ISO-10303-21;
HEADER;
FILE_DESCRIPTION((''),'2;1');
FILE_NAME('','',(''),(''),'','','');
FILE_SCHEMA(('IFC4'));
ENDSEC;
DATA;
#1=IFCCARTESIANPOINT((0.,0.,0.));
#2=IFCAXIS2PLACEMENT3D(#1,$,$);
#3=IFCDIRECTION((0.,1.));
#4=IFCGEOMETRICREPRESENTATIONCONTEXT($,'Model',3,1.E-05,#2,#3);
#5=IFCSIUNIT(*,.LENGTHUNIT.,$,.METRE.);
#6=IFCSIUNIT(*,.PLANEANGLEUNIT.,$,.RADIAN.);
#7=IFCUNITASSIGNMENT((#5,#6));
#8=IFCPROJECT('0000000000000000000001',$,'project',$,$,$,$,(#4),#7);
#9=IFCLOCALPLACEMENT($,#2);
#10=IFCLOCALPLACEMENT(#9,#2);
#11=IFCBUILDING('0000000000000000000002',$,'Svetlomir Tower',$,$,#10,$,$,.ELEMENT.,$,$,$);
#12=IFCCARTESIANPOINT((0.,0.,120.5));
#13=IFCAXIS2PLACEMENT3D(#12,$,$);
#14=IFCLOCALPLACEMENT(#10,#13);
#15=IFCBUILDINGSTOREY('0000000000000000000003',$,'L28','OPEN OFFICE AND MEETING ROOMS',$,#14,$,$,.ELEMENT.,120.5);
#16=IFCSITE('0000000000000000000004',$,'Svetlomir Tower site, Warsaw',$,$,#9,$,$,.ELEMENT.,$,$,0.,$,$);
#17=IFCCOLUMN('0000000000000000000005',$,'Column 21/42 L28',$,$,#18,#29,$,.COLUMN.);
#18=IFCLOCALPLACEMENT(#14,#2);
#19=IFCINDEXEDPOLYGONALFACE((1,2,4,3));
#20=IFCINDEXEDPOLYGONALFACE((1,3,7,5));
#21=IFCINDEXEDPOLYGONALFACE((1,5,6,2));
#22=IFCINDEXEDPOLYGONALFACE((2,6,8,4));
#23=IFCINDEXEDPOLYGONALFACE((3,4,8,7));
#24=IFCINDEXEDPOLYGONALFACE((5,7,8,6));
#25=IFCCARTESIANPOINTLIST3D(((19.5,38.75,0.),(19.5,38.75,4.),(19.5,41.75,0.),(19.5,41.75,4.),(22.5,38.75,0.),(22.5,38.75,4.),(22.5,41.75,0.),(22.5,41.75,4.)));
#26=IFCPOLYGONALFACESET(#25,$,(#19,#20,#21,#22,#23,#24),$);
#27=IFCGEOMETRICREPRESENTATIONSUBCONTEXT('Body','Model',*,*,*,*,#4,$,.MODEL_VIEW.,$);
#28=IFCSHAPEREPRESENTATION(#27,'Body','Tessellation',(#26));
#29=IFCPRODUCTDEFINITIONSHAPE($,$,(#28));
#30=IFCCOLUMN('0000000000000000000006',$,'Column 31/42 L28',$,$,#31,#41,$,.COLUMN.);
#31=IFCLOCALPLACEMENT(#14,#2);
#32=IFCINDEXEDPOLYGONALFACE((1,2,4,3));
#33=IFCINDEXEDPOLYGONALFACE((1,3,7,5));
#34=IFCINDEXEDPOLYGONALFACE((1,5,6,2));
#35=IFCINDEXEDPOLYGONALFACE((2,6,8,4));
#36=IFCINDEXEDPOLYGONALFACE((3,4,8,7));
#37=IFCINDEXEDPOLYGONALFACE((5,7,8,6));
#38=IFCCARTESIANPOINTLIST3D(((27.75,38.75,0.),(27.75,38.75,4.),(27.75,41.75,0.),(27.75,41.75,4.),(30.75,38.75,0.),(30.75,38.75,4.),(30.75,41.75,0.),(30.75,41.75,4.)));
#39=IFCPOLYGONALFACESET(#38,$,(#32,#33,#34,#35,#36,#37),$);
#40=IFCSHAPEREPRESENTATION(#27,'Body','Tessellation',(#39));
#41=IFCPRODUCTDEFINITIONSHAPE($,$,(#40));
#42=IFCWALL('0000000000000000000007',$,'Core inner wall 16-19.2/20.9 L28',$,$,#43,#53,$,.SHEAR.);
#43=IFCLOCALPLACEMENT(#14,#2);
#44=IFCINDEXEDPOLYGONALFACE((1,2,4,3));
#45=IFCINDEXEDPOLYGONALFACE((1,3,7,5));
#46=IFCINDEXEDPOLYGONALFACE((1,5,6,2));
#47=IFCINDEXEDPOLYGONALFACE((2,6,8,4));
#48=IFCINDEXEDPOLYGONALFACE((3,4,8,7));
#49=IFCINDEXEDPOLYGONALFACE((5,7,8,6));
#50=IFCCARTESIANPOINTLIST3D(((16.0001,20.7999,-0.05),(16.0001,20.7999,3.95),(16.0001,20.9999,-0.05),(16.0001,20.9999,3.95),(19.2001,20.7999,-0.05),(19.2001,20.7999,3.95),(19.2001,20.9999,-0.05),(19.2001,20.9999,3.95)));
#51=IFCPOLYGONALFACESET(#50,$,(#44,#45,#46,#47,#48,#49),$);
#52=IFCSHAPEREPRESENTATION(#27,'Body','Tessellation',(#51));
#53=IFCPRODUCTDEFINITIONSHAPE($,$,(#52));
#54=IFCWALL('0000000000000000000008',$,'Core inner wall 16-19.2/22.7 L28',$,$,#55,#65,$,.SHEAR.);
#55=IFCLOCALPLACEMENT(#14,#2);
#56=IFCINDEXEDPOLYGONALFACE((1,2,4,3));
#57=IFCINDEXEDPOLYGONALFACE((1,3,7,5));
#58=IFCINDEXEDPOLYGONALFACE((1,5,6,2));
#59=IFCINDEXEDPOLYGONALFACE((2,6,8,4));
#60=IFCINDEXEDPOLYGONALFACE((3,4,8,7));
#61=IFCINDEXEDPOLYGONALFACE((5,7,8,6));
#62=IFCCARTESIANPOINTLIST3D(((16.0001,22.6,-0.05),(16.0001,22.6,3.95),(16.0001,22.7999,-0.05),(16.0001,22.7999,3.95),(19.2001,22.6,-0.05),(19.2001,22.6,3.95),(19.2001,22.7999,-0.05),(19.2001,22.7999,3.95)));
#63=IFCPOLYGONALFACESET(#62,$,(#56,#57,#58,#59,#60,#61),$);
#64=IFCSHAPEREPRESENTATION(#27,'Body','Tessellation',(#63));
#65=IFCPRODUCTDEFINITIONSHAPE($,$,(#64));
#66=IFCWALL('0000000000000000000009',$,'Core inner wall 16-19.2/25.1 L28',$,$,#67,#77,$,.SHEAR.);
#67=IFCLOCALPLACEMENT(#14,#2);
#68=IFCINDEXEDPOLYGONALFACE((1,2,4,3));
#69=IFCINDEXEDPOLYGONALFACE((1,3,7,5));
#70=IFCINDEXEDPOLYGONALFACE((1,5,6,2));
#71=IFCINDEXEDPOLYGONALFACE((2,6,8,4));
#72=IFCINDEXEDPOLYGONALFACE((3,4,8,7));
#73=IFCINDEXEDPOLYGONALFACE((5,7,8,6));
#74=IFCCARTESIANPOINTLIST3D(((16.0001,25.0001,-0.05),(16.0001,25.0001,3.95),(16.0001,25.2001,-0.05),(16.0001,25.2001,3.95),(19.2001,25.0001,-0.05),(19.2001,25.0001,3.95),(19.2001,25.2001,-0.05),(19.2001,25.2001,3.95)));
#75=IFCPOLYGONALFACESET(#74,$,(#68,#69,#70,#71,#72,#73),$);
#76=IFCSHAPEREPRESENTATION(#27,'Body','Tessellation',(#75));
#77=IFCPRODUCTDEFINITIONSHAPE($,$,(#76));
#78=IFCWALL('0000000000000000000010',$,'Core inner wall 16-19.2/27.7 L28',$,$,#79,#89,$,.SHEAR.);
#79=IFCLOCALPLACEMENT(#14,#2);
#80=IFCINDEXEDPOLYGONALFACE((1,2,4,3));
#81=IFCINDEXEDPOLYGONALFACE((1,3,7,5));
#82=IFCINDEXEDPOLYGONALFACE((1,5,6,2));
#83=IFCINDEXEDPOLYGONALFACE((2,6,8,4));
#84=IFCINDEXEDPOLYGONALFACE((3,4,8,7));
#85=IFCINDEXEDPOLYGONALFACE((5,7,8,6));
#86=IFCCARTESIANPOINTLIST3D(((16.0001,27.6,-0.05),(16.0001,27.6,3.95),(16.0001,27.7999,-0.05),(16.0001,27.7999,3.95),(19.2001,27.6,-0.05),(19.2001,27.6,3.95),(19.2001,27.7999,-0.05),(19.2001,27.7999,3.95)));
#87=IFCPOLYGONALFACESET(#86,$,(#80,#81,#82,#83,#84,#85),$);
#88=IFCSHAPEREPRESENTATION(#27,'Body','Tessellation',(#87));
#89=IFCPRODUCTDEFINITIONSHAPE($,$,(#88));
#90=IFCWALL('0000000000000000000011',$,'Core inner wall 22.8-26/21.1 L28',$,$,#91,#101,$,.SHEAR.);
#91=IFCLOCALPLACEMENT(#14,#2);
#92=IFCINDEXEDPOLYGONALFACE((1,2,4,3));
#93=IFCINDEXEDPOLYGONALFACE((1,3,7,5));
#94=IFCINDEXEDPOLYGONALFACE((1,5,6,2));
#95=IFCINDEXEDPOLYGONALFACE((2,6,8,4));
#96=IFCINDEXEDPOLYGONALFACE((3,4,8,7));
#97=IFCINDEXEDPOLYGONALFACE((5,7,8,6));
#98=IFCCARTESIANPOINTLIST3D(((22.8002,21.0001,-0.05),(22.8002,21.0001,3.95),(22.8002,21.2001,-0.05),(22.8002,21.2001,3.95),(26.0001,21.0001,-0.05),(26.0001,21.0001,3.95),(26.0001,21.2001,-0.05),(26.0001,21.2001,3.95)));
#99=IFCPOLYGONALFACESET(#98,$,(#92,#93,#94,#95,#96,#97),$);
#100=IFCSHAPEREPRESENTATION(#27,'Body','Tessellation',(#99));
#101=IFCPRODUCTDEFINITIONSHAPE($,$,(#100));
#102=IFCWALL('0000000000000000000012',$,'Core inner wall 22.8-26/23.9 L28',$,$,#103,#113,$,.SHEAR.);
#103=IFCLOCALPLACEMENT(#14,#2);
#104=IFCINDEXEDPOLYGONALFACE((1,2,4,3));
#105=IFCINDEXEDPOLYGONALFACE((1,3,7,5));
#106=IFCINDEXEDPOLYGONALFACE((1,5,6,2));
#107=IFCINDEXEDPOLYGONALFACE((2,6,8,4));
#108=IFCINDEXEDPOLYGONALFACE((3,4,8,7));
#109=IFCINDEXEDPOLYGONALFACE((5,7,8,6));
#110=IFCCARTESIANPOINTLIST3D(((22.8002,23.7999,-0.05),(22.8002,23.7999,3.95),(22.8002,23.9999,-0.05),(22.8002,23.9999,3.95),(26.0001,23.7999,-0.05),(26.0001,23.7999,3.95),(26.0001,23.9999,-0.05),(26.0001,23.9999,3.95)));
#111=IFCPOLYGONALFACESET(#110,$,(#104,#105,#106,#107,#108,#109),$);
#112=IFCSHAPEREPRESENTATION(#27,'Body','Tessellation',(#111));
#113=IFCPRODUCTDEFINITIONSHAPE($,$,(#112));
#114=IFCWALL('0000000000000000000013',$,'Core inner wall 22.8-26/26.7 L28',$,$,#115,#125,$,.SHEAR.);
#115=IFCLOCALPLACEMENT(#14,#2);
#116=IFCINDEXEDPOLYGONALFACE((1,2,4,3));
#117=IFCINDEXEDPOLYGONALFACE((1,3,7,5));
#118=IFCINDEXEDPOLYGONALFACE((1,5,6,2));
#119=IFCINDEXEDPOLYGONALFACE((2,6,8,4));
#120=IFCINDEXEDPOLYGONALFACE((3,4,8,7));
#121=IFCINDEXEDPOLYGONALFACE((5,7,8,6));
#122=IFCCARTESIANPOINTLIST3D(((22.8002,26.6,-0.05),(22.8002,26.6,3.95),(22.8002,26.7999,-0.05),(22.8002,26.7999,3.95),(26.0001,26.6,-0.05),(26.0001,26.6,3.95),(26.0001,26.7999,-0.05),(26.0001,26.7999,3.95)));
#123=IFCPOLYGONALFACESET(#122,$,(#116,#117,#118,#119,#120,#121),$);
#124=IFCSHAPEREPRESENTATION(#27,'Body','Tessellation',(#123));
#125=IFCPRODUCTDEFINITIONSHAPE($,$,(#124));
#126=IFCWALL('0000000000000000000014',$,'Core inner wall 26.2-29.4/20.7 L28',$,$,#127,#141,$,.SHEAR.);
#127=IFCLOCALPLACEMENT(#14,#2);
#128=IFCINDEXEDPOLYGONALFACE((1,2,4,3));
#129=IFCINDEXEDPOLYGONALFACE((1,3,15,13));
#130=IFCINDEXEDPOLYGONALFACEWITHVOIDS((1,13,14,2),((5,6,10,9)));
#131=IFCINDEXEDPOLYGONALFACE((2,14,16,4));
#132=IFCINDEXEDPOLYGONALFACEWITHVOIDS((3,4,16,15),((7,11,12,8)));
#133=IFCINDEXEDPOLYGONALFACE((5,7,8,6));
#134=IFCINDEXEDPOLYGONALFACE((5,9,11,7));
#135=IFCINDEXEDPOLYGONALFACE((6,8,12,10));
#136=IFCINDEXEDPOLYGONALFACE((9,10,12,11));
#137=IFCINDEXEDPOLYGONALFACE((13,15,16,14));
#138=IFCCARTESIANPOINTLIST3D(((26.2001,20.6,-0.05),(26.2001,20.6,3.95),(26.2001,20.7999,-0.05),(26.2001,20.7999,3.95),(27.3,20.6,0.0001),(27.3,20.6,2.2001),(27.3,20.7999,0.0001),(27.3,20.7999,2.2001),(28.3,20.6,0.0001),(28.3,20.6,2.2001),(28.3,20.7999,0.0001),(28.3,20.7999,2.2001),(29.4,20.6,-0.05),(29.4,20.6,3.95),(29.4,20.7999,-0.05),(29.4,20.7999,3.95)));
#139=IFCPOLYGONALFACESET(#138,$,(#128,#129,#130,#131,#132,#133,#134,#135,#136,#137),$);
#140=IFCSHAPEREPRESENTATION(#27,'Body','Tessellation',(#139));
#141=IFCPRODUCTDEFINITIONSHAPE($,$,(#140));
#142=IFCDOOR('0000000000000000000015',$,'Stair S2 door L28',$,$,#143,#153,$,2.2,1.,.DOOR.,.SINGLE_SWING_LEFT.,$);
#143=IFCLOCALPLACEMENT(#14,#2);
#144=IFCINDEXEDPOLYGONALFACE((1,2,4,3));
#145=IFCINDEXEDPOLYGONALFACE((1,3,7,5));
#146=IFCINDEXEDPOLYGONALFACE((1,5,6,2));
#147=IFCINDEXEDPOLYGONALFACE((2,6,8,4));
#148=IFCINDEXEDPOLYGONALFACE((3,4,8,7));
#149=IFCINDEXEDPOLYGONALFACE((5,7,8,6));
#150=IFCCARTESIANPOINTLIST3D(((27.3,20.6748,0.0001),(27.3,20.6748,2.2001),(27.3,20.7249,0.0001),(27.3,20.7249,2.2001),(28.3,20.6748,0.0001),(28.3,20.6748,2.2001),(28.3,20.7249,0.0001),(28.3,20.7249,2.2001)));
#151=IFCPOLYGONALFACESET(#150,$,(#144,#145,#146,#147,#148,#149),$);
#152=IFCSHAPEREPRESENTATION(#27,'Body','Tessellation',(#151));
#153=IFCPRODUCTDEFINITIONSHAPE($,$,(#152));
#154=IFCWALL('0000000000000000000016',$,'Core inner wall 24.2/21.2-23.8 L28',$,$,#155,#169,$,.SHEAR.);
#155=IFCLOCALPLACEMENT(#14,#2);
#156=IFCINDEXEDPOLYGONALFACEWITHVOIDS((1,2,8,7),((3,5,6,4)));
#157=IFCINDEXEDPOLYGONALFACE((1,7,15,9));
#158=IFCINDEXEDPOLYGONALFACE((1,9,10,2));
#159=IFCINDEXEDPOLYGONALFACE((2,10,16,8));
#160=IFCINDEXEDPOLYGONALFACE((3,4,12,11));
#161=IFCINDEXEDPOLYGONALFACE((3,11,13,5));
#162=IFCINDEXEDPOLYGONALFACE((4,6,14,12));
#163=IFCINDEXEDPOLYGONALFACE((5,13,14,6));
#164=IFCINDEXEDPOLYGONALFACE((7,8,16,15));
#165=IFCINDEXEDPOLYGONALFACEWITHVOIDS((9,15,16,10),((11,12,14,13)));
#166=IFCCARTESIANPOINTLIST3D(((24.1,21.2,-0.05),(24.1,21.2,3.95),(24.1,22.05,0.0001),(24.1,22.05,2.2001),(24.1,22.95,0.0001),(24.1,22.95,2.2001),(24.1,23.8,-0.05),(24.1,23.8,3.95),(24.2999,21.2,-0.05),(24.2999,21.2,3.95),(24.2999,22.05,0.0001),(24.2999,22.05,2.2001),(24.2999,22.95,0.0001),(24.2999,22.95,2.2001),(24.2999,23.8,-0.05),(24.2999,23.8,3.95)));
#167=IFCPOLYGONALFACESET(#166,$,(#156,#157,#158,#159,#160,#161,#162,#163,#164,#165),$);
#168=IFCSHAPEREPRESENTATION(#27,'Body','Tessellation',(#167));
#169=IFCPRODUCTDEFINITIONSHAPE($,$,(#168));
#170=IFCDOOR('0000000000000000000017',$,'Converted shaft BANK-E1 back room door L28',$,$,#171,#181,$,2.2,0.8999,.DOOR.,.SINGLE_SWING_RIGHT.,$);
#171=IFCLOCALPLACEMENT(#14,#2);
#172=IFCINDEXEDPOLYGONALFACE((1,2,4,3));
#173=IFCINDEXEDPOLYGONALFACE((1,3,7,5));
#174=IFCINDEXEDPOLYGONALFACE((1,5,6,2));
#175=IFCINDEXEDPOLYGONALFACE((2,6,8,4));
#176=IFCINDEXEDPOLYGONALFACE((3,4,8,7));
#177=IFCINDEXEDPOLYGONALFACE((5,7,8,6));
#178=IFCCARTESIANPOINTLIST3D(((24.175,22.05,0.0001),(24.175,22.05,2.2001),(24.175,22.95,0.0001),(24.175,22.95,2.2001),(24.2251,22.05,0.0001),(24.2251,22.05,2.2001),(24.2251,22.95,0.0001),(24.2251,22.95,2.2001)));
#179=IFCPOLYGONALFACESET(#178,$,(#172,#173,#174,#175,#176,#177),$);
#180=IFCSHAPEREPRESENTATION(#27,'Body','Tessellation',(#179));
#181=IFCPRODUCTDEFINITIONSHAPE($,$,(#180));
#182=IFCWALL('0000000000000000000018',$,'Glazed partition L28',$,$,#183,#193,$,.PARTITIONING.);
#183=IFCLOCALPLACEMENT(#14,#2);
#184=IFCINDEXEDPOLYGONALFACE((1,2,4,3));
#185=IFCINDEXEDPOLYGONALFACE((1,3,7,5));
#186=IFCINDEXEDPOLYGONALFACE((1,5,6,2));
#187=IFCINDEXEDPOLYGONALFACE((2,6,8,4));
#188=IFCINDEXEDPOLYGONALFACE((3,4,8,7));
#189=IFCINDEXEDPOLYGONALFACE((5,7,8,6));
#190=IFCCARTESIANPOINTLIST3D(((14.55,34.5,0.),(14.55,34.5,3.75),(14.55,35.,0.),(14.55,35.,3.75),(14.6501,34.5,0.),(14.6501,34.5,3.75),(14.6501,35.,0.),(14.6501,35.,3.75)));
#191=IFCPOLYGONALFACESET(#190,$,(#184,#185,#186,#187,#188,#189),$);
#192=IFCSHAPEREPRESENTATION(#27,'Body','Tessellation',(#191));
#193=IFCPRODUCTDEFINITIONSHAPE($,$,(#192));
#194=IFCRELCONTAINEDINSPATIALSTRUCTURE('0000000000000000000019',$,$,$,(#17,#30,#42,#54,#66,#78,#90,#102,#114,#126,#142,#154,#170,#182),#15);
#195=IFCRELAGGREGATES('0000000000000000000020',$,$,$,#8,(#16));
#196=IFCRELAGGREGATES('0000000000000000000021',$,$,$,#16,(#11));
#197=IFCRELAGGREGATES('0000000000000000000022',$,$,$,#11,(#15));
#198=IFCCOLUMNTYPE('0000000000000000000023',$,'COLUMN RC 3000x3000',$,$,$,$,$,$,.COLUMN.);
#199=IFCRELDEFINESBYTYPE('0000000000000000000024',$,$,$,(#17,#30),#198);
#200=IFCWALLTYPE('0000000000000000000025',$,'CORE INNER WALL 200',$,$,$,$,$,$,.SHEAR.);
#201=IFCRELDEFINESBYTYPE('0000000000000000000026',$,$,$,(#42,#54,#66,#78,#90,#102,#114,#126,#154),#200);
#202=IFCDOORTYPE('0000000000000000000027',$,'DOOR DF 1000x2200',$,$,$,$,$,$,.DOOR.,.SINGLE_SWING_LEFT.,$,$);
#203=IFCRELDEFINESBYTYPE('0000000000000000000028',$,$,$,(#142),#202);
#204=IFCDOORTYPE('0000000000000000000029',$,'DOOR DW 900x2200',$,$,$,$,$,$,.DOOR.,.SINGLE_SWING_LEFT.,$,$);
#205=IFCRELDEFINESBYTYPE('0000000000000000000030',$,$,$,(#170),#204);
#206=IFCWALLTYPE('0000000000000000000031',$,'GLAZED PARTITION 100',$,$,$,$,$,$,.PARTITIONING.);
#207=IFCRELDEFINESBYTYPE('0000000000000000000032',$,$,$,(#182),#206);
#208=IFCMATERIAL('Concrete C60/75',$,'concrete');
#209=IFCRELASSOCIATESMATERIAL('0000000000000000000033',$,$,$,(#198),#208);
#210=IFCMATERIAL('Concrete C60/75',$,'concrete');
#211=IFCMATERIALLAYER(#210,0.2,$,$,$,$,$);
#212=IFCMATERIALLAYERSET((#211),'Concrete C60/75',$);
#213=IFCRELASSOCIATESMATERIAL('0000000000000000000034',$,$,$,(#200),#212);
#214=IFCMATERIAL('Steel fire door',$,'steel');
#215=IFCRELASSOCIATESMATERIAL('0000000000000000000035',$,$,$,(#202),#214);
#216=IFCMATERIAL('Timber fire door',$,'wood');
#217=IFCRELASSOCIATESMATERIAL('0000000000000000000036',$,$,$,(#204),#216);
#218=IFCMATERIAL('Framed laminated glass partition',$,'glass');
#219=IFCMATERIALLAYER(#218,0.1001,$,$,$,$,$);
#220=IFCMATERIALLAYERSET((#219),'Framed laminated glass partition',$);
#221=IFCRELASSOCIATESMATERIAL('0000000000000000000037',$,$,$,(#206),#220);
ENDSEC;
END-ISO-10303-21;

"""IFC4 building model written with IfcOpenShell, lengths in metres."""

from ifc_helpers import new_model, si_unit, direction, frame, frame_2d, origin, origin_2d, place, context, subcontext, project, spatial, rectangle, extrude, material, layer, layer_set, material_profile, profile_set, type_object, element, fill, save


model = new_model("IFC4")

# Units and contexts
model_context = context("Model", 3, precision=1e-05, world=origin(), true_north=direction((0.0, 1.0)))
body_context = subcontext(model_context, "Body", "Model", "MODEL_VIEW")
ifc_project = project(units=[si_unit("LENGTHUNIT", "METRE"), si_unit("PLANEANGLEUNIT", "RADIAN")], contexts=[model_context])

# Site, building, storey
site_placement = place(None, origin())
site = spatial("IfcSite", under=ifc_project, at=site_placement, Name="Svetlomir Tower site, Warsaw", CompositionType="ELEMENT", RefElevation=0.0)
building_placement = place(site_placement, origin())
building = spatial("IfcBuilding", under=site, at=building_placement, Name="Svetlomir Tower", CompositionType="ELEMENT")
storey_placement = place(building_placement, frame((0.0, 0.0, 120.5)))
storey = spatial("IfcBuildingStorey", under=building, at=storey_placement, Name="L28", Description="OPEN OFFICE AND MEETING ROOMS", CompositionType="ELEMENT", Elevation=120.5)

# Columns
ifc_material_1 = material(Name="Concrete C60/75", Category="concrete")
ifc_material_profile = material_profile(ifc_material_1, rectangle(XDim=3.0, YDim=3.0, at=origin_2d()), Name="RC 3000x3000")
ifc_profile_set = profile_set([ifc_material_profile], Name="Concrete C60/75")
column_type = type_object("IfcColumnType", Name="COLUMN RC 3000x3000", PredefinedType="COLUMN", material=ifc_profile_set)
for number, where, z_axis, x_axis, name in (
    (1, (21.0, 40.25, 0.0), (0.0, 0.0, 1.0), (1.0, 0.0, 0.0), "Column 21/42 L28"),
    (2, (29.25, 40.25, 0.0), (0.0, 0.0, 1.0), (1.0, 0.0, 0.0), "Column 31/42 L28"),
):
    element("IfcColumn", number, at=place(storey_placement, frame(where, z_axis=z_axis, x_axis=x_axis)), inside=storey, type_object=column_type, Name=name, PredefinedType="COLUMN", context=body_context, shape_type="SweptSolid", body=[
        extrude(rectangle(XDim=3.0, YDim=3.0, at=origin_2d()), origin(), (0.0, 0.0, 1.0), 4.0),
    ])

# Walls
ifc_material_2 = material(Name="Concrete C60/75", Category="concrete")
ifc_layer_1 = layer(ifc_material_2, 0.2)
ifc_layer_set_1 = layer_set([ifc_layer_1], Name="Concrete C60/75")
wall_type_1 = type_object("IfcWallType", Name="CORE INNER WALL 200", PredefinedType="SHEAR", material=ifc_layer_set_1)
for number, where, z_axis, x_axis, name in (
    (3, (16.0, 20.8999, -0.05), (0.0, 0.0, 1.0), (1.0, 0.0, 0.0), "Core inner wall 16-19.2/20.9 L28"),
    (4, (16.0, 22.7, -0.05), (0.0, 0.0, 1.0), (1.0, 0.0, 0.0), "Core inner wall 16-19.2/22.7 L28"),
    (5, (16.0, 25.1001, -0.05), (0.0, 0.0, 1.0), (1.0, 0.0, 0.0), "Core inner wall 16-19.2/25.1 L28"),
    (6, (16.0, 27.7, -0.05), (0.0, 0.0, 1.0), (1.0, 0.0, 0.0), "Core inner wall 16-19.2/27.7 L28"),
    (7, (22.8, 21.1001, -0.05), (0.0, 0.0, 1.0), (1.0, 0.0, 0.0), "Core inner wall 22.8-26/21.1 L28"),
    (8, (22.8, 23.8999, -0.05), (0.0, 0.0, 1.0), (1.0, 0.0, 0.0), "Core inner wall 22.8-26/23.9 L28"),
    (9, (22.8, 26.7, -0.05), (0.0, 0.0, 1.0), (1.0, 0.0, 0.0), "Core inner wall 22.8-26/26.7 L28"),
):
    element("IfcWall", number, at=place(storey_placement, frame(where, z_axis=z_axis, x_axis=x_axis)), inside=storey, type_object=wall_type_1, Name=name, PredefinedType="SHEAR", context=body_context, shape_type="SweptSolid", body=[
        extrude(rectangle(XDim=3.2, YDim=0.2, at=frame_2d((1.6001, 0.0))), origin(), (0.0, 0.0, 1.0), 4.0),
    ])

# Walls, openings, doors
wall_1_placement = place(storey_placement, frame((26.2, 20.7, -0.05), z_axis=(0.0, 0.0, 1.0), x_axis=(1.0, 0.0, 0.0)))
wall_1 = element("IfcWall", 10, at=wall_1_placement, inside=storey, type_object=wall_type_1, Name="Core inner wall 26.2-29.4/20.7 L28", PredefinedType="SHEAR", context=body_context, shape_type="SweptSolid", body=[
    extrude(rectangle(XDim=3.2, YDim=0.2, at=frame_2d((1.6001, 0.0))), origin(), (0.0, 0.0, 1.0), 4.0),
])
opening_1_placement = place(wall_1_placement, frame((1.1001, 0.0, 0.05)))
opening_1 = element("IfcOpeningElement", 11, at=opening_1_placement, cuts=wall_1, PredefinedType="OPENING", context=body_context, shape_type="SweptSolid", body=[
    extrude(rectangle(XDim=1.0, YDim=2.2, at=frame_2d((0.5, 1.1001))), frame((0.0, 0.1099, 0.0), z_axis=(0.0, -1.0, 0.0), x_axis=(1.0, 0.0, 0.0)), (0.0, 0.0, 1.0), 0.22),
])
ifc_material_3 = material(Name="Steel fire door", Category="steel")
door_type_1 = type_object("IfcDoorType", Name="DOOR DF 1000x2200", OperationType="SINGLE_SWING_LEFT", PredefinedType="DOOR", material=ifc_material_3)
door_1_placement = place(opening_1_placement, origin())
door_1 = element("IfcDoor", 12, at=door_1_placement, inside=storey, type_object=door_type_1, Name="Stair S2 door L28", OperationType="SINGLE_SWING_LEFT", OverallHeight=2.2, OverallWidth=1.0, PredefinedType="DOOR", context=body_context, shape_type="SweptSolid", body=[
    extrude(rectangle(XDim=1.0, YDim=2.2, at=frame_2d((0.5, 1.1001))), frame((0.0, 0.0249, 0.0), z_axis=(0.0, -1.0, 0.0), x_axis=(1.0, 0.0, 0.0)), (0.0, 0.0, 1.0), 0.05),
])
fill(opening_1, door_1)
wall_2_placement = place(storey_placement, frame((24.2, 21.2, -0.05), z_axis=(0.0, 0.0, 1.0), x_axis=(0.0, 1.0, 0.0)))
wall_2 = element("IfcWall", 13, at=wall_2_placement, inside=storey, type_object=wall_type_1, Name="Core inner wall 24.2/21.2-23.8 L28", PredefinedType="SHEAR", context=body_context, shape_type="SweptSolid", body=[
    extrude(rectangle(XDim=2.6001, YDim=0.2, at=frame_2d((1.3, 0.0))), origin(), (0.0, 0.0, 1.0), 4.0),
])
opening_2_placement = place(wall_2_placement, frame((0.8501, 0.0, 0.05)))
opening_2 = element("IfcOpeningElement", 14, at=opening_2_placement, cuts=wall_2, PredefinedType="OPENING", context=body_context, shape_type="SweptSolid", body=[
    extrude(rectangle(XDim=0.8999, YDim=2.2, at=frame_2d((0.45, 1.1001))), frame((0.0, 0.1099, 0.0), z_axis=(0.0, -1.0, 0.0), x_axis=(1.0, 0.0, 0.0)), (0.0, 0.0, 1.0), 0.22),
])
ifc_material_4 = material(Name="Timber fire door", Category="wood")
door_type_2 = type_object("IfcDoorType", Name="DOOR DW 900x2200", OperationType="SINGLE_SWING_LEFT", PredefinedType="DOOR", material=ifc_material_4)
door_2_placement = place(opening_2_placement, origin())
door_2 = element("IfcDoor", 15, at=door_2_placement, inside=storey, type_object=door_type_2, Name="Converted shaft BANK-E1 back room door L28", OperationType="SINGLE_SWING_RIGHT", OverallHeight=2.2, OverallWidth=0.8999, PredefinedType="DOOR", context=body_context, shape_type="SweptSolid", body=[
    extrude(rectangle(XDim=0.8999, YDim=2.2, at=frame_2d((0.45, 1.1001))), frame((0.0, 0.0249, 0.0), z_axis=(0.0, -1.0, 0.0), x_axis=(1.0, 0.0, 0.0)), (0.0, 0.0, 1.0), 0.05),
])
fill(opening_2, door_2)

# Wall
ifc_material_5 = material(Name="Framed laminated glass partition", Category="glass")
ifc_layer_2 = layer(ifc_material_5, 0.1001)
ifc_layer_set_2 = layer_set([ifc_layer_2], Name="Framed laminated glass partition")
wall_type_2 = type_object("IfcWallType", Name="GLAZED PARTITION 100", PredefinedType="PARTITIONING", material=ifc_layer_set_2)
wall_3_placement = place(storey_placement, frame((14.6001, 34.5, 0.0), z_axis=(0.0, 0.0, 1.0), x_axis=(0.0, 1.0, 0.0)))
element("IfcWall", 16, at=wall_3_placement, inside=storey, type_object=wall_type_2, Name="Glazed partition L28", PredefinedType="PARTITIONING", context=body_context, shape_type="SweptSolid", body=[
    extrude(rectangle(XDim=0.5, YDim=0.1001, at=frame_2d((0.25, 0.0))), origin(), (0.0, 0.0, 1.0), 3.75),
])

save(model, "model.ifc")
